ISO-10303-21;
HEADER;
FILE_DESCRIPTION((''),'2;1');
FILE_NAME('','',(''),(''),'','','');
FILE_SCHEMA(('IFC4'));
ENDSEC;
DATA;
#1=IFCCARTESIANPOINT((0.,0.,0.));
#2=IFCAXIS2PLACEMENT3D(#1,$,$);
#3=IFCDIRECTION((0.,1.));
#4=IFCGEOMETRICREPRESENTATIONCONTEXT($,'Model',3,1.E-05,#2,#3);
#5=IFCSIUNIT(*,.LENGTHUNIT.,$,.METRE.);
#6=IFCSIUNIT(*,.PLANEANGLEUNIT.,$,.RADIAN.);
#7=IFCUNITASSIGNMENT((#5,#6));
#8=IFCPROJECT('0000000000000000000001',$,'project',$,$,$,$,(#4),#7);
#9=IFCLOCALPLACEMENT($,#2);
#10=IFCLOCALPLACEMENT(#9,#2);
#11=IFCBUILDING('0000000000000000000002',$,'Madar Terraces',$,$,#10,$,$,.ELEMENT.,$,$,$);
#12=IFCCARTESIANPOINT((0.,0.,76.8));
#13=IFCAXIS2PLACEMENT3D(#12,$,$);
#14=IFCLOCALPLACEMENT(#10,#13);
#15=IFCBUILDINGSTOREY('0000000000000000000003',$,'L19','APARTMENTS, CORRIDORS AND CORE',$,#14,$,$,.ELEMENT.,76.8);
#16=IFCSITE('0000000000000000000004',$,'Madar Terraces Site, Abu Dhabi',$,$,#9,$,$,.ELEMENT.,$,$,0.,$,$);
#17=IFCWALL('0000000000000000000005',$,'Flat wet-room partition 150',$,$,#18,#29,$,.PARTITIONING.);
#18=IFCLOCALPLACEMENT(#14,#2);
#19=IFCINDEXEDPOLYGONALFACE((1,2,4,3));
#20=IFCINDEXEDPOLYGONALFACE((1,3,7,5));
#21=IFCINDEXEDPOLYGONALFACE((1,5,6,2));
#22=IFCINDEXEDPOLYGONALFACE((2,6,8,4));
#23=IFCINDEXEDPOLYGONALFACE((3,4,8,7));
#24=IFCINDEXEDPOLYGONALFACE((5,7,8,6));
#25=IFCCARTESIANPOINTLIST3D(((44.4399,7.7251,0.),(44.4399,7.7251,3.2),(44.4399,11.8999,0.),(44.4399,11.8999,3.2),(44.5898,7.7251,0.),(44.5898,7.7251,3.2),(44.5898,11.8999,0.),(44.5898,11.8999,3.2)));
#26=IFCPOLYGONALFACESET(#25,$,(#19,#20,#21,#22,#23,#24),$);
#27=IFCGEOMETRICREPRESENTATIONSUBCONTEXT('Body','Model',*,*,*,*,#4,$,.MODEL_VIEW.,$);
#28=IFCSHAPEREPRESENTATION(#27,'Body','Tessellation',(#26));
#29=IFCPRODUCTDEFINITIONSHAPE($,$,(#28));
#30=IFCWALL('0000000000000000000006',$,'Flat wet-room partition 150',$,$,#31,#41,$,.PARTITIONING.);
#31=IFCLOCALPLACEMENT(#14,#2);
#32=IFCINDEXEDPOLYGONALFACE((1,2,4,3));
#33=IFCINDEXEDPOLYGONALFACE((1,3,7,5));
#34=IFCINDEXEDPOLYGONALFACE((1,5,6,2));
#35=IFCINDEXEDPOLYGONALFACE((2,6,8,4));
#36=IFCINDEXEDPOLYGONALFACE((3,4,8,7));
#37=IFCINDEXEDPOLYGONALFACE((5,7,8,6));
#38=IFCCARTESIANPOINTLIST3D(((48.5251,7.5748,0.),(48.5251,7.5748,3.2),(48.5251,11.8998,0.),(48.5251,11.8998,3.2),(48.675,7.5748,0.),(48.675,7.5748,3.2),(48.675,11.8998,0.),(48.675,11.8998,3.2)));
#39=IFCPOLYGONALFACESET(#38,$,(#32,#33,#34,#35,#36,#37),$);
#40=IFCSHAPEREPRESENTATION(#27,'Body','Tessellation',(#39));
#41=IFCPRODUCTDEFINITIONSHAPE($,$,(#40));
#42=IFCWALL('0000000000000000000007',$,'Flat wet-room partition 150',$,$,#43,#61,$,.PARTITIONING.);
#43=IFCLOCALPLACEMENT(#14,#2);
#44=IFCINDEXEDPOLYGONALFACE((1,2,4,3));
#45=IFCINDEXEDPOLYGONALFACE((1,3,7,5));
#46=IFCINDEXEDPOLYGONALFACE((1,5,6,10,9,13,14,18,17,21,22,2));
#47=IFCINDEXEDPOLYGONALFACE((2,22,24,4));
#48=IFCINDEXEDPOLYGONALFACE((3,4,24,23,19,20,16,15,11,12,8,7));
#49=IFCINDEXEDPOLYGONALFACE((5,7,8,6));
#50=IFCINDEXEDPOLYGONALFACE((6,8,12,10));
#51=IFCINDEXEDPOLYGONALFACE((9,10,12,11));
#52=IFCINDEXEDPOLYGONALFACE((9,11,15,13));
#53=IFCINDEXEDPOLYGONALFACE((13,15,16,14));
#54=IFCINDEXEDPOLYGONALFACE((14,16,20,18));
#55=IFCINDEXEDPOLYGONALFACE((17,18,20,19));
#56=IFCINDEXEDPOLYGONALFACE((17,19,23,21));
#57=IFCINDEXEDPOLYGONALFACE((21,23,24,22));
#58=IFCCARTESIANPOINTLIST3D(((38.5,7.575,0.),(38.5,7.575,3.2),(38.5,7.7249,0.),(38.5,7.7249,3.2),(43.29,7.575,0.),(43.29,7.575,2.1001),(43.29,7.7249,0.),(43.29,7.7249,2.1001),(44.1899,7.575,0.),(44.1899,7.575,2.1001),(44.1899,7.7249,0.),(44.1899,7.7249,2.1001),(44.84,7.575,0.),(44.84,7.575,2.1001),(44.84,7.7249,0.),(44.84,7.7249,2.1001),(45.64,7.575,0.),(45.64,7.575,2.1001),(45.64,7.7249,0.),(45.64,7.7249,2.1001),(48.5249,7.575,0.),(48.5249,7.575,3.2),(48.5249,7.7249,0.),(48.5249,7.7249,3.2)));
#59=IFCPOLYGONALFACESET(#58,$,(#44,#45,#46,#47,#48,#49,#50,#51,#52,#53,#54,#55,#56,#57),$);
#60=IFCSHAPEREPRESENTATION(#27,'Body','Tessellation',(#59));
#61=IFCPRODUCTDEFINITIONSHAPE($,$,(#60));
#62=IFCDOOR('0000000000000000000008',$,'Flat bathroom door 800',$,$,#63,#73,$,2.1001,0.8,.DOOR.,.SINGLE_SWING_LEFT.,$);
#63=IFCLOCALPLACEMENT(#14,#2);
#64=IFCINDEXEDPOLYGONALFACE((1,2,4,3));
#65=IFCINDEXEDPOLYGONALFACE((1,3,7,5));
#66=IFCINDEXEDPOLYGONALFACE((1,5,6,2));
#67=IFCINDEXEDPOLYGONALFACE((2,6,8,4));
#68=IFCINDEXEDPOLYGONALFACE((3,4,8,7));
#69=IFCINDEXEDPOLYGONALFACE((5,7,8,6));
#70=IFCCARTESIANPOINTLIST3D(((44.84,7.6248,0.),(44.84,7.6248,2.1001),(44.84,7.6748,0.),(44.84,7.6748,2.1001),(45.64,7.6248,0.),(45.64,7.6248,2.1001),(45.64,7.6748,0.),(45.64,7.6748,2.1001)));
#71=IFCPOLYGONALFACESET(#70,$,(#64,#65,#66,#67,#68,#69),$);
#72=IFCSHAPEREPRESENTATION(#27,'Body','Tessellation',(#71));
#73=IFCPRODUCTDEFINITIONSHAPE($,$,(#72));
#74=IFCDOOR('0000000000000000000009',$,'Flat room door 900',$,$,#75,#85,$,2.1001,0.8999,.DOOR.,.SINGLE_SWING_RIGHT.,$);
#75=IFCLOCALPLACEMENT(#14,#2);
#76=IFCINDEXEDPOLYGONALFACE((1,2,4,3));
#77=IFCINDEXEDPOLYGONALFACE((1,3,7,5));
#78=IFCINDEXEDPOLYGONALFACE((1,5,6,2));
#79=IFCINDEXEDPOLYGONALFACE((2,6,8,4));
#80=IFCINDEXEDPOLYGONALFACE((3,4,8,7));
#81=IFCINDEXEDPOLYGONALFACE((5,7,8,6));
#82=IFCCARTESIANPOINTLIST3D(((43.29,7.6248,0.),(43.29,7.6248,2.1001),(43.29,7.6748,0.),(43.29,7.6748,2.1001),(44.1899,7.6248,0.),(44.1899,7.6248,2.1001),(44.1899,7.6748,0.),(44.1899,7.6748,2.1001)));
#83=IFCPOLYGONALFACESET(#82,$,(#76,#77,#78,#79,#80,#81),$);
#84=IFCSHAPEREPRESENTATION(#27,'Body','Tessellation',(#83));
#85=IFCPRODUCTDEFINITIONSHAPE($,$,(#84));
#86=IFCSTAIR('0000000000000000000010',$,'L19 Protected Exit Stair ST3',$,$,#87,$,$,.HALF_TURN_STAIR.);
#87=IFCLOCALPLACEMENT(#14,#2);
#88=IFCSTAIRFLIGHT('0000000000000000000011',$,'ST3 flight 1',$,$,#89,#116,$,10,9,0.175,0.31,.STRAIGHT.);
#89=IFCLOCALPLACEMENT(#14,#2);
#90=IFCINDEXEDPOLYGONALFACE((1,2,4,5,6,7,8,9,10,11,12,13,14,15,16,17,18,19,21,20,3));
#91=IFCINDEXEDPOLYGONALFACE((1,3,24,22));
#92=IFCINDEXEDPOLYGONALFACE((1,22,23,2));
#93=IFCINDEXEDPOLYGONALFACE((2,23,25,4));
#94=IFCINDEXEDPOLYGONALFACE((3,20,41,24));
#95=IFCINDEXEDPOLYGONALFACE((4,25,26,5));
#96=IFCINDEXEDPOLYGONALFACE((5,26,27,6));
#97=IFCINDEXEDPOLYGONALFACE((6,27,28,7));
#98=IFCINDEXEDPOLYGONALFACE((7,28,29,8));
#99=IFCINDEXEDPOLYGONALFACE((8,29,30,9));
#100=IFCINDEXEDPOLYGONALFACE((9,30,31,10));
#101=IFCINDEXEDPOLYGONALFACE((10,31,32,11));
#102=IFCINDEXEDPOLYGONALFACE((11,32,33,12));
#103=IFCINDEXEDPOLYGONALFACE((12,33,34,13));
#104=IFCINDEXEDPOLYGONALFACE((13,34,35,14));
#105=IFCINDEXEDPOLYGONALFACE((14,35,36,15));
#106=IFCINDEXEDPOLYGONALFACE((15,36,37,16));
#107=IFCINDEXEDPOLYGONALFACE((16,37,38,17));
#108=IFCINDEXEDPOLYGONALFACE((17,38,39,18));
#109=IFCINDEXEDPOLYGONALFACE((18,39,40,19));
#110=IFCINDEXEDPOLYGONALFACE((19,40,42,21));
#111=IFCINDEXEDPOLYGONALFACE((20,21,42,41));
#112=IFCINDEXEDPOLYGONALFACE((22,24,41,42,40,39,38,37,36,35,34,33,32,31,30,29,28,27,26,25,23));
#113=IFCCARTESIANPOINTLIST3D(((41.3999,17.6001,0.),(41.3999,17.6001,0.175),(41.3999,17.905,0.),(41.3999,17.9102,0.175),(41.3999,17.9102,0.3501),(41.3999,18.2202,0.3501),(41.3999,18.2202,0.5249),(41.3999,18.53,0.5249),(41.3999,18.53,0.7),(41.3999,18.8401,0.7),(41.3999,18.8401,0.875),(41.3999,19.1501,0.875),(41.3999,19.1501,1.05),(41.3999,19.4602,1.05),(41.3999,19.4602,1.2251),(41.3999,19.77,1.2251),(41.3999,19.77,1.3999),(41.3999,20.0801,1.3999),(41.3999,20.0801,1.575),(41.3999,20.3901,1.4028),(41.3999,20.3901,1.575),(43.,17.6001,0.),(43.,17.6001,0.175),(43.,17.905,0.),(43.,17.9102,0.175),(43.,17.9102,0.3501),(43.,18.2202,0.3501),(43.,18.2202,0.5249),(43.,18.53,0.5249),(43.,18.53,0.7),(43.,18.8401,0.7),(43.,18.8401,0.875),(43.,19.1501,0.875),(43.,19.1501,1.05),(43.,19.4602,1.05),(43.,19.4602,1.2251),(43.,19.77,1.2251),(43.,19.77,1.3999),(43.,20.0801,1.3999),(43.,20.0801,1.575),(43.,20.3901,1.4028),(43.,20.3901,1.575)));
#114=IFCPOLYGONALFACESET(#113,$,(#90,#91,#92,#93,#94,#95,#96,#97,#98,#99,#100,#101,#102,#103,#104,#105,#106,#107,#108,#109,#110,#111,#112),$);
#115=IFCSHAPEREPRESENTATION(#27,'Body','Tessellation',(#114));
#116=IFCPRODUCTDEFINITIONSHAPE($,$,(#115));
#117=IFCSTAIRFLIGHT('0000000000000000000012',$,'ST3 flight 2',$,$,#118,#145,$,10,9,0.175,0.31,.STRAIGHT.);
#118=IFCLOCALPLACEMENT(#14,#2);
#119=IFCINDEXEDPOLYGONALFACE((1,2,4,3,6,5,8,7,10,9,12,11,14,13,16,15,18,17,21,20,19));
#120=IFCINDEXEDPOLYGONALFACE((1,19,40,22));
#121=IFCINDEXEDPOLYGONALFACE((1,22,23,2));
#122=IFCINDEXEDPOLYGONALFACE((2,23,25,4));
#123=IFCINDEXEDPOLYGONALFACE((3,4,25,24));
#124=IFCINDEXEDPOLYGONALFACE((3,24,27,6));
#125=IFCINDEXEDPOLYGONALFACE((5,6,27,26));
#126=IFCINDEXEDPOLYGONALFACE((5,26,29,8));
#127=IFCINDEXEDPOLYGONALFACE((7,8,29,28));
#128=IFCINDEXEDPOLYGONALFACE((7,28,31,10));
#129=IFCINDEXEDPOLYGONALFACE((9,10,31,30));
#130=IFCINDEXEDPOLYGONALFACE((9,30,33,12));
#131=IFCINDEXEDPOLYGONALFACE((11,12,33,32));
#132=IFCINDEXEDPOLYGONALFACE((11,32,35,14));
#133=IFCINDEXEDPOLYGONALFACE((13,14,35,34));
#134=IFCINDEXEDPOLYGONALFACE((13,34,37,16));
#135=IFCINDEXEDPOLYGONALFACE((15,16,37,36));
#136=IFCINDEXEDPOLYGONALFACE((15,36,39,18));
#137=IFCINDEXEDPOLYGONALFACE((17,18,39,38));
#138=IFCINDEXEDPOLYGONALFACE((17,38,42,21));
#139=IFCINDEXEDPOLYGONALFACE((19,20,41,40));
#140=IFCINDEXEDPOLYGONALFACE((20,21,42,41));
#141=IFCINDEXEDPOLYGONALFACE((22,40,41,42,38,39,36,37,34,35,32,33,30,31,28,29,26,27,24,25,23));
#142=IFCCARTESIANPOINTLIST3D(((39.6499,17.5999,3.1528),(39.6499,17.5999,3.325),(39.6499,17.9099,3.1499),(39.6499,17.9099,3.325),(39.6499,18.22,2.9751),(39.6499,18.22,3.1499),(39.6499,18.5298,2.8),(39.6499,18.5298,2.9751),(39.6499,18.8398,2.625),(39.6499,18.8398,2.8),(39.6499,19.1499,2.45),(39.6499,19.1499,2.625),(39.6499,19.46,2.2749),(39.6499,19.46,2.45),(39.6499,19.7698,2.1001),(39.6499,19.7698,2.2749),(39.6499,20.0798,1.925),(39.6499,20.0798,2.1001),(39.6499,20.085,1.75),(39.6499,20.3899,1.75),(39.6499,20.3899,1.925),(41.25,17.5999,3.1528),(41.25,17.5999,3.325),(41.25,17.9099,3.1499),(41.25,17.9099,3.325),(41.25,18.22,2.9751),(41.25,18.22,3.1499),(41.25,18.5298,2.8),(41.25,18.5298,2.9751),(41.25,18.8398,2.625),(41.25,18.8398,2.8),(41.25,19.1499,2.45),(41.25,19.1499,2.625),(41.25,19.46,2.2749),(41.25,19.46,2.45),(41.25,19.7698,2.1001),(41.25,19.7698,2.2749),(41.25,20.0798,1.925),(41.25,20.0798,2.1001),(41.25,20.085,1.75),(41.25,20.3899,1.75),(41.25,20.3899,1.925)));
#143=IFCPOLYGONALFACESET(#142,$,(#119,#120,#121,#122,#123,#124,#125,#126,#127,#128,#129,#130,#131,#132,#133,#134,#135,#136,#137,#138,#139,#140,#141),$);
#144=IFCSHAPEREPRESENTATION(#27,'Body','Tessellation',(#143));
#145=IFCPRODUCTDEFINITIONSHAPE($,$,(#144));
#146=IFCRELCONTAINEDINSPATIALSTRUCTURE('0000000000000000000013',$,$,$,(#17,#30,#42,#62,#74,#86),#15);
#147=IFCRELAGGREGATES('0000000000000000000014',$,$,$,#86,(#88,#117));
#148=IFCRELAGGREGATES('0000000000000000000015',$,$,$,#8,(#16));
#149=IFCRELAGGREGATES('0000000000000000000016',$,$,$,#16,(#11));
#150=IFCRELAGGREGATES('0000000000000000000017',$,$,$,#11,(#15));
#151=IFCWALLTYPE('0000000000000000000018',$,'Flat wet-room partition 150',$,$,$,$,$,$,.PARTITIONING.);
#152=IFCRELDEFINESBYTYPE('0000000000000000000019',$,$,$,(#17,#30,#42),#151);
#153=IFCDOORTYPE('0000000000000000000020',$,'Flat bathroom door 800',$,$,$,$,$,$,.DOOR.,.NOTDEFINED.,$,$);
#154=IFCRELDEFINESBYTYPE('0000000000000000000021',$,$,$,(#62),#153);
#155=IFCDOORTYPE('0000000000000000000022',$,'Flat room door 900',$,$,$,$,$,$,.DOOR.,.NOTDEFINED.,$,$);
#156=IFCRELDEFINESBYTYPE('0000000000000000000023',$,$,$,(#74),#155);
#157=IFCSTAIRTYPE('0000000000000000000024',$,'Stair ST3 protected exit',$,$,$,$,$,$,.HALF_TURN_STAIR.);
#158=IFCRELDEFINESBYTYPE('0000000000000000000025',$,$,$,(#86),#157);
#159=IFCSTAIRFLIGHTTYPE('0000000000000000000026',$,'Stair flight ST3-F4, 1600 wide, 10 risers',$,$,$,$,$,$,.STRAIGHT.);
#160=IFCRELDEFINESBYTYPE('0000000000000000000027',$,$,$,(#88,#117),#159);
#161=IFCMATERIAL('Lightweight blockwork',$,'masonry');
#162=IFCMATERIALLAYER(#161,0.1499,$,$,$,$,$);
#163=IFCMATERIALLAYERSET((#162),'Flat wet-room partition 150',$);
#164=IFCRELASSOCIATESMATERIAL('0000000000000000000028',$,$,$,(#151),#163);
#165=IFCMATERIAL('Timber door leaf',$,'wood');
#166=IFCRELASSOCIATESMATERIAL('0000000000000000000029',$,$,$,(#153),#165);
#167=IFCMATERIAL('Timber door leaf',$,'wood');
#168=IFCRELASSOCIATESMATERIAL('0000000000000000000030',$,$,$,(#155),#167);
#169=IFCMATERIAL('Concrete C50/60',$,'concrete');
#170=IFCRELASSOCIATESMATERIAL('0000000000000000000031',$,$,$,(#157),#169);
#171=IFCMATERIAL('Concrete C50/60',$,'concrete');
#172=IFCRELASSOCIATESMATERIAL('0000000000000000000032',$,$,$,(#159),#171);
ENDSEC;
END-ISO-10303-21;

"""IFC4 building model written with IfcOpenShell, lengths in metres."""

from ifc_helpers import new_model, si_unit, direction, frame, frame_2d, origin, place, context, subcontext, project, spatial, polyline, rectangle, outline, extrude, material, layer, layer_set, type_object, element, fill, aggregate, save


model = new_model("IFC4")

# Units and contexts
model_context = context("Model", 3, precision=1e-05, world=origin(), true_north=direction((0.0, 1.0)))
body_context = subcontext(model_context, "Body", "Model", "MODEL_VIEW")
ifc_project = project(units=[si_unit("LENGTHUNIT", "METRE"), si_unit("PLANEANGLEUNIT", "RADIAN")], contexts=[model_context])

# Site, building, storey
site_placement = place(None, origin())
site = spatial("IfcSite", under=ifc_project, at=site_placement, Name="Madar Terraces Site, Abu Dhabi", CompositionType="ELEMENT", RefElevation=0.0)
building_placement = place(site_placement, origin())
building = spatial("IfcBuilding", under=site, at=building_placement, Name="Madar Terraces", CompositionType="ELEMENT")
storey_placement = place(building_placement, frame((0.0, 0.0, 76.8)))
storey = spatial("IfcBuildingStorey", under=building, at=storey_placement, Name="L19", Description="APARTMENTS, CORRIDORS AND CORE", CompositionType="ELEMENT", Elevation=76.8)

# Walls
ifc_material_1 = material(Name="Lightweight blockwork", Category="masonry")
ifc_layer_1 = layer(ifc_material_1, 0.1499)
ifc_layer_set_1 = layer_set([ifc_layer_1], Name="Flat wet-room partition 150")
wall_type_1 = type_object("IfcWallType", Name="Flat wet-room partition 150", PredefinedType="PARTITIONING", material=ifc_layer_set_1)
wall_1_placement = place(storey_placement, frame((44.5149, 11.8999, 0.0), z_axis=(0.0, 0.0, 1.0), x_axis=(0.0, -1.0, 0.0)))
element("IfcWall", 1, at=wall_1_placement, inside=storey, type_object=wall_type_1, Name="Flat wet-room partition 150", PredefinedType="PARTITIONING", context=body_context, shape_type="SweptSolid", body=[
    extrude(rectangle(XDim=4.1748, YDim=0.1499, at=frame_2d((2.0874, 0.0))), origin(), (0.0, 0.0, 1.0), 3.2),
])
wall_2_placement = place(storey_placement, frame((48.6001, 11.8999, 0.0), z_axis=(0.0, 0.0, 1.0), x_axis=(0.0, -1.0, 0.0)))
element("IfcWall", 2, at=wall_2_placement, inside=storey, type_object=wall_type_1, Name="Flat wet-room partition 150", PredefinedType="PARTITIONING", context=body_context, shape_type="SweptSolid", body=[
    extrude(rectangle(XDim=4.325, YDim=0.1499, at=frame_2d((2.1626, 0.0))), origin(), (0.0, 0.0, 1.0), 3.2),
])

# Wall, openings, doors
wall_3_placement = place(storey_placement, frame((38.5, 7.6499, 0.0), z_axis=(0.0, 0.0, 1.0), x_axis=(1.0, 0.0, 0.0)))
wall_3 = element("IfcWall", 3, at=wall_3_placement, inside=storey, type_object=wall_type_1, Name="Flat wet-room partition 150", PredefinedType="PARTITIONING", context=body_context, shape_type="SweptSolid", body=[
    extrude(rectangle(XDim=10.0249, YDim=0.1499, at=frame_2d((5.0125, 0.0))), origin(), (0.0, 0.0, 1.0), 3.2),
])
opening_1_placement = place(wall_3_placement, frame((6.3401, 0.0, 0.0)))
opening_1 = element("IfcOpeningElement", 4, at=opening_1_placement, cuts=wall_3, PredefinedType="OPENING", context=body_context, shape_type="SweptSolid", body=[
    extrude(rectangle(XDim=0.8, YDim=2.1001, at=frame_2d((0.3999, 1.05))), frame((0.0, 0.085, 0.0), z_axis=(0.0, -1.0, 0.0), x_axis=(1.0, 0.0, 0.0)), (0.0, 0.0, 1.0), 0.1699),
])
opening_2_placement = place(wall_3_placement, frame((4.79, 0.0, 0.0)))
opening_2 = element("IfcOpeningElement", 5, at=opening_2_placement, cuts=wall_3, PredefinedType="OPENING", context=body_context, shape_type="SweptSolid", body=[
    extrude(rectangle(XDim=0.8999, YDim=2.1001, at=frame_2d((0.45, 1.05))), frame((0.0, 0.085, 0.0), z_axis=(0.0, -1.0, 0.0), x_axis=(1.0, 0.0, 0.0)), (0.0, 0.0, 1.0), 0.1699),
])
ifc_material_2 = material(Name="Timber door leaf", Category="wood")
door_type_1 = type_object("IfcDoorType", Name="Flat bathroom door 800", OperationType="NOTDEFINED", PredefinedType="DOOR", material=ifc_material_2)
door_1_placement = place(opening_1_placement, origin())
door_1 = element("IfcDoor", 6, at=door_1_placement, inside=storey, type_object=door_type_1, Name="Flat bathroom door 800", OperationType="SINGLE_SWING_LEFT", OverallHeight=2.1001, OverallWidth=0.8, PredefinedType="DOOR", context=body_context, shape_type="SweptSolid", body=[
    extrude(rectangle(XDim=0.8, YDim=2.1001, at=frame_2d((0.3999, 1.05))), frame((0.0, 0.0249, 0.0), z_axis=(0.0, -1.0, 0.0), x_axis=(1.0, 0.0, 0.0)), (0.0, 0.0, 1.0), 0.05),
])
fill(opening_1, door_1)
ifc_material_3 = material(Name="Timber door leaf", Category="wood")
door_type_2 = type_object("IfcDoorType", Name="Flat room door 900", OperationType="NOTDEFINED", PredefinedType="DOOR", material=ifc_material_3)
door_2_placement = place(opening_2_placement, origin())
door_2 = element("IfcDoor", 7, at=door_2_placement, inside=storey, type_object=door_type_2, Name="Flat room door 900", OperationType="SINGLE_SWING_RIGHT", OverallHeight=2.1001, OverallWidth=0.8999, PredefinedType="DOOR", context=body_context, shape_type="SweptSolid", body=[
    extrude(rectangle(XDim=0.8999, YDim=2.1001, at=frame_2d((0.45, 1.05))), frame((0.0, 0.0249, 0.0), z_axis=(0.0, -1.0, 0.0), x_axis=(1.0, 0.0, 0.0)), (0.0, 0.0, 1.0), 0.05),
])
fill(opening_2, door_2)

# Stair, stair flights
ifc_material_4 = material(Name="Concrete C50/60", Category="concrete")
stair_type = type_object("IfcStairType", Name="Stair ST3 protected exit", PredefinedType="HALF_TURN_STAIR", material=ifc_material_4)
stair_placement = place(storey_placement, origin())
stair = element("IfcStair", 8, at=stair_placement, inside=storey, type_object=stair_type, Name="L19 Protected Exit Stair ST3", PredefinedType="HALF_TURN_STAIR")
ifc_material_5 = material(Name="Concrete C50/60", Category="concrete")
stair_flight_type = type_object("IfcStairFlightType", Name="Stair flight ST3-F4, 1600 wide, 10 risers", PredefinedType="STRAIGHT", material=ifc_material_5)
stair_flight_1_placement = place(storey_placement, frame((42.2, 17.6001, 0.0), z_axis=(0.0, 0.0, 1.0), x_axis=(0.0, 1.0, 0.0)))
stair_flight_1 = element("IfcStairFlight", 9, at=stair_flight_1_placement, type_object=stair_flight_type, Name="ST3 flight 1", NumberOfRisers=10, NumberOfTreads=9, PredefinedType="STRAIGHT", RiserHeight=0.175, TreadLength=0.31, context=body_context, shape_type="SweptSolid", body=[
    extrude(outline(polyline([(0.0, 0.0), (0.0, 0.175), (0.3101, 0.175), (0.3101, 0.3501), (0.6201, 0.3501), (0.6201, 0.5249), (0.9299, 0.5249), (0.9299, 0.7), (1.24, 0.7), (1.24, 0.875), (1.55, 0.875), (1.55, 1.05), (1.8601, 1.05), (1.8601, 1.2251), (2.1699, 1.2251), (2.1699, 1.3999), (2.48, 1.3999), (2.48, 1.575), (2.79, 1.575), (2.79, 1.75), (2.79, 1.4028), (0.3049, 0.0), (0.0, 0.0)])), frame((0.0, 0.8, 0.0), z_axis=(0.0, -1.0, 0.0), x_axis=(1.0, 0.0, 0.0)), (0.0, 0.0, 1.0), 1.6001),
])
stair_flight_2_placement = place(storey_placement, frame((40.45, 20.3899, 1.75), z_axis=(0.0, 0.0, 1.0), x_axis=(0.0, -1.0, 0.0)))
stair_flight_2 = element("IfcStairFlight", 10, at=stair_flight_2_placement, type_object=stair_flight_type, Name="ST3 flight 2", NumberOfRisers=10, NumberOfTreads=9, PredefinedType="STRAIGHT", RiserHeight=0.175, TreadLength=0.31, context=body_context, shape_type="SweptSolid", body=[
    extrude(outline(polyline([(0.0, 0.0), (0.0, 0.175), (0.3101, 0.175), (0.3101, 0.3501), (0.6201, 0.3501), (0.6201, 0.5249), (0.9299, 0.5249), (0.9299, 0.7), (1.24, 0.7), (1.24, 0.875), (1.55, 0.875), (1.55, 1.05), (1.8601, 1.05), (1.8601, 1.2251), (2.1699, 1.2251), (2.1699, 1.3999), (2.48, 1.3999), (2.48, 1.575), (2.79, 1.575), (2.79, 1.75), (2.79, 1.4028), (0.3049, 0.0), (0.0, 0.0)])), frame((0.0, 0.8, 0.0), z_axis=(0.0, -1.0, 0.0), x_axis=(1.0, 0.0, 0.0)), (0.0, 0.0, 1.0), 1.6001),
])
aggregate(stair, [stair_flight_1, stair_flight_2])

save(model, "model.ifc")
